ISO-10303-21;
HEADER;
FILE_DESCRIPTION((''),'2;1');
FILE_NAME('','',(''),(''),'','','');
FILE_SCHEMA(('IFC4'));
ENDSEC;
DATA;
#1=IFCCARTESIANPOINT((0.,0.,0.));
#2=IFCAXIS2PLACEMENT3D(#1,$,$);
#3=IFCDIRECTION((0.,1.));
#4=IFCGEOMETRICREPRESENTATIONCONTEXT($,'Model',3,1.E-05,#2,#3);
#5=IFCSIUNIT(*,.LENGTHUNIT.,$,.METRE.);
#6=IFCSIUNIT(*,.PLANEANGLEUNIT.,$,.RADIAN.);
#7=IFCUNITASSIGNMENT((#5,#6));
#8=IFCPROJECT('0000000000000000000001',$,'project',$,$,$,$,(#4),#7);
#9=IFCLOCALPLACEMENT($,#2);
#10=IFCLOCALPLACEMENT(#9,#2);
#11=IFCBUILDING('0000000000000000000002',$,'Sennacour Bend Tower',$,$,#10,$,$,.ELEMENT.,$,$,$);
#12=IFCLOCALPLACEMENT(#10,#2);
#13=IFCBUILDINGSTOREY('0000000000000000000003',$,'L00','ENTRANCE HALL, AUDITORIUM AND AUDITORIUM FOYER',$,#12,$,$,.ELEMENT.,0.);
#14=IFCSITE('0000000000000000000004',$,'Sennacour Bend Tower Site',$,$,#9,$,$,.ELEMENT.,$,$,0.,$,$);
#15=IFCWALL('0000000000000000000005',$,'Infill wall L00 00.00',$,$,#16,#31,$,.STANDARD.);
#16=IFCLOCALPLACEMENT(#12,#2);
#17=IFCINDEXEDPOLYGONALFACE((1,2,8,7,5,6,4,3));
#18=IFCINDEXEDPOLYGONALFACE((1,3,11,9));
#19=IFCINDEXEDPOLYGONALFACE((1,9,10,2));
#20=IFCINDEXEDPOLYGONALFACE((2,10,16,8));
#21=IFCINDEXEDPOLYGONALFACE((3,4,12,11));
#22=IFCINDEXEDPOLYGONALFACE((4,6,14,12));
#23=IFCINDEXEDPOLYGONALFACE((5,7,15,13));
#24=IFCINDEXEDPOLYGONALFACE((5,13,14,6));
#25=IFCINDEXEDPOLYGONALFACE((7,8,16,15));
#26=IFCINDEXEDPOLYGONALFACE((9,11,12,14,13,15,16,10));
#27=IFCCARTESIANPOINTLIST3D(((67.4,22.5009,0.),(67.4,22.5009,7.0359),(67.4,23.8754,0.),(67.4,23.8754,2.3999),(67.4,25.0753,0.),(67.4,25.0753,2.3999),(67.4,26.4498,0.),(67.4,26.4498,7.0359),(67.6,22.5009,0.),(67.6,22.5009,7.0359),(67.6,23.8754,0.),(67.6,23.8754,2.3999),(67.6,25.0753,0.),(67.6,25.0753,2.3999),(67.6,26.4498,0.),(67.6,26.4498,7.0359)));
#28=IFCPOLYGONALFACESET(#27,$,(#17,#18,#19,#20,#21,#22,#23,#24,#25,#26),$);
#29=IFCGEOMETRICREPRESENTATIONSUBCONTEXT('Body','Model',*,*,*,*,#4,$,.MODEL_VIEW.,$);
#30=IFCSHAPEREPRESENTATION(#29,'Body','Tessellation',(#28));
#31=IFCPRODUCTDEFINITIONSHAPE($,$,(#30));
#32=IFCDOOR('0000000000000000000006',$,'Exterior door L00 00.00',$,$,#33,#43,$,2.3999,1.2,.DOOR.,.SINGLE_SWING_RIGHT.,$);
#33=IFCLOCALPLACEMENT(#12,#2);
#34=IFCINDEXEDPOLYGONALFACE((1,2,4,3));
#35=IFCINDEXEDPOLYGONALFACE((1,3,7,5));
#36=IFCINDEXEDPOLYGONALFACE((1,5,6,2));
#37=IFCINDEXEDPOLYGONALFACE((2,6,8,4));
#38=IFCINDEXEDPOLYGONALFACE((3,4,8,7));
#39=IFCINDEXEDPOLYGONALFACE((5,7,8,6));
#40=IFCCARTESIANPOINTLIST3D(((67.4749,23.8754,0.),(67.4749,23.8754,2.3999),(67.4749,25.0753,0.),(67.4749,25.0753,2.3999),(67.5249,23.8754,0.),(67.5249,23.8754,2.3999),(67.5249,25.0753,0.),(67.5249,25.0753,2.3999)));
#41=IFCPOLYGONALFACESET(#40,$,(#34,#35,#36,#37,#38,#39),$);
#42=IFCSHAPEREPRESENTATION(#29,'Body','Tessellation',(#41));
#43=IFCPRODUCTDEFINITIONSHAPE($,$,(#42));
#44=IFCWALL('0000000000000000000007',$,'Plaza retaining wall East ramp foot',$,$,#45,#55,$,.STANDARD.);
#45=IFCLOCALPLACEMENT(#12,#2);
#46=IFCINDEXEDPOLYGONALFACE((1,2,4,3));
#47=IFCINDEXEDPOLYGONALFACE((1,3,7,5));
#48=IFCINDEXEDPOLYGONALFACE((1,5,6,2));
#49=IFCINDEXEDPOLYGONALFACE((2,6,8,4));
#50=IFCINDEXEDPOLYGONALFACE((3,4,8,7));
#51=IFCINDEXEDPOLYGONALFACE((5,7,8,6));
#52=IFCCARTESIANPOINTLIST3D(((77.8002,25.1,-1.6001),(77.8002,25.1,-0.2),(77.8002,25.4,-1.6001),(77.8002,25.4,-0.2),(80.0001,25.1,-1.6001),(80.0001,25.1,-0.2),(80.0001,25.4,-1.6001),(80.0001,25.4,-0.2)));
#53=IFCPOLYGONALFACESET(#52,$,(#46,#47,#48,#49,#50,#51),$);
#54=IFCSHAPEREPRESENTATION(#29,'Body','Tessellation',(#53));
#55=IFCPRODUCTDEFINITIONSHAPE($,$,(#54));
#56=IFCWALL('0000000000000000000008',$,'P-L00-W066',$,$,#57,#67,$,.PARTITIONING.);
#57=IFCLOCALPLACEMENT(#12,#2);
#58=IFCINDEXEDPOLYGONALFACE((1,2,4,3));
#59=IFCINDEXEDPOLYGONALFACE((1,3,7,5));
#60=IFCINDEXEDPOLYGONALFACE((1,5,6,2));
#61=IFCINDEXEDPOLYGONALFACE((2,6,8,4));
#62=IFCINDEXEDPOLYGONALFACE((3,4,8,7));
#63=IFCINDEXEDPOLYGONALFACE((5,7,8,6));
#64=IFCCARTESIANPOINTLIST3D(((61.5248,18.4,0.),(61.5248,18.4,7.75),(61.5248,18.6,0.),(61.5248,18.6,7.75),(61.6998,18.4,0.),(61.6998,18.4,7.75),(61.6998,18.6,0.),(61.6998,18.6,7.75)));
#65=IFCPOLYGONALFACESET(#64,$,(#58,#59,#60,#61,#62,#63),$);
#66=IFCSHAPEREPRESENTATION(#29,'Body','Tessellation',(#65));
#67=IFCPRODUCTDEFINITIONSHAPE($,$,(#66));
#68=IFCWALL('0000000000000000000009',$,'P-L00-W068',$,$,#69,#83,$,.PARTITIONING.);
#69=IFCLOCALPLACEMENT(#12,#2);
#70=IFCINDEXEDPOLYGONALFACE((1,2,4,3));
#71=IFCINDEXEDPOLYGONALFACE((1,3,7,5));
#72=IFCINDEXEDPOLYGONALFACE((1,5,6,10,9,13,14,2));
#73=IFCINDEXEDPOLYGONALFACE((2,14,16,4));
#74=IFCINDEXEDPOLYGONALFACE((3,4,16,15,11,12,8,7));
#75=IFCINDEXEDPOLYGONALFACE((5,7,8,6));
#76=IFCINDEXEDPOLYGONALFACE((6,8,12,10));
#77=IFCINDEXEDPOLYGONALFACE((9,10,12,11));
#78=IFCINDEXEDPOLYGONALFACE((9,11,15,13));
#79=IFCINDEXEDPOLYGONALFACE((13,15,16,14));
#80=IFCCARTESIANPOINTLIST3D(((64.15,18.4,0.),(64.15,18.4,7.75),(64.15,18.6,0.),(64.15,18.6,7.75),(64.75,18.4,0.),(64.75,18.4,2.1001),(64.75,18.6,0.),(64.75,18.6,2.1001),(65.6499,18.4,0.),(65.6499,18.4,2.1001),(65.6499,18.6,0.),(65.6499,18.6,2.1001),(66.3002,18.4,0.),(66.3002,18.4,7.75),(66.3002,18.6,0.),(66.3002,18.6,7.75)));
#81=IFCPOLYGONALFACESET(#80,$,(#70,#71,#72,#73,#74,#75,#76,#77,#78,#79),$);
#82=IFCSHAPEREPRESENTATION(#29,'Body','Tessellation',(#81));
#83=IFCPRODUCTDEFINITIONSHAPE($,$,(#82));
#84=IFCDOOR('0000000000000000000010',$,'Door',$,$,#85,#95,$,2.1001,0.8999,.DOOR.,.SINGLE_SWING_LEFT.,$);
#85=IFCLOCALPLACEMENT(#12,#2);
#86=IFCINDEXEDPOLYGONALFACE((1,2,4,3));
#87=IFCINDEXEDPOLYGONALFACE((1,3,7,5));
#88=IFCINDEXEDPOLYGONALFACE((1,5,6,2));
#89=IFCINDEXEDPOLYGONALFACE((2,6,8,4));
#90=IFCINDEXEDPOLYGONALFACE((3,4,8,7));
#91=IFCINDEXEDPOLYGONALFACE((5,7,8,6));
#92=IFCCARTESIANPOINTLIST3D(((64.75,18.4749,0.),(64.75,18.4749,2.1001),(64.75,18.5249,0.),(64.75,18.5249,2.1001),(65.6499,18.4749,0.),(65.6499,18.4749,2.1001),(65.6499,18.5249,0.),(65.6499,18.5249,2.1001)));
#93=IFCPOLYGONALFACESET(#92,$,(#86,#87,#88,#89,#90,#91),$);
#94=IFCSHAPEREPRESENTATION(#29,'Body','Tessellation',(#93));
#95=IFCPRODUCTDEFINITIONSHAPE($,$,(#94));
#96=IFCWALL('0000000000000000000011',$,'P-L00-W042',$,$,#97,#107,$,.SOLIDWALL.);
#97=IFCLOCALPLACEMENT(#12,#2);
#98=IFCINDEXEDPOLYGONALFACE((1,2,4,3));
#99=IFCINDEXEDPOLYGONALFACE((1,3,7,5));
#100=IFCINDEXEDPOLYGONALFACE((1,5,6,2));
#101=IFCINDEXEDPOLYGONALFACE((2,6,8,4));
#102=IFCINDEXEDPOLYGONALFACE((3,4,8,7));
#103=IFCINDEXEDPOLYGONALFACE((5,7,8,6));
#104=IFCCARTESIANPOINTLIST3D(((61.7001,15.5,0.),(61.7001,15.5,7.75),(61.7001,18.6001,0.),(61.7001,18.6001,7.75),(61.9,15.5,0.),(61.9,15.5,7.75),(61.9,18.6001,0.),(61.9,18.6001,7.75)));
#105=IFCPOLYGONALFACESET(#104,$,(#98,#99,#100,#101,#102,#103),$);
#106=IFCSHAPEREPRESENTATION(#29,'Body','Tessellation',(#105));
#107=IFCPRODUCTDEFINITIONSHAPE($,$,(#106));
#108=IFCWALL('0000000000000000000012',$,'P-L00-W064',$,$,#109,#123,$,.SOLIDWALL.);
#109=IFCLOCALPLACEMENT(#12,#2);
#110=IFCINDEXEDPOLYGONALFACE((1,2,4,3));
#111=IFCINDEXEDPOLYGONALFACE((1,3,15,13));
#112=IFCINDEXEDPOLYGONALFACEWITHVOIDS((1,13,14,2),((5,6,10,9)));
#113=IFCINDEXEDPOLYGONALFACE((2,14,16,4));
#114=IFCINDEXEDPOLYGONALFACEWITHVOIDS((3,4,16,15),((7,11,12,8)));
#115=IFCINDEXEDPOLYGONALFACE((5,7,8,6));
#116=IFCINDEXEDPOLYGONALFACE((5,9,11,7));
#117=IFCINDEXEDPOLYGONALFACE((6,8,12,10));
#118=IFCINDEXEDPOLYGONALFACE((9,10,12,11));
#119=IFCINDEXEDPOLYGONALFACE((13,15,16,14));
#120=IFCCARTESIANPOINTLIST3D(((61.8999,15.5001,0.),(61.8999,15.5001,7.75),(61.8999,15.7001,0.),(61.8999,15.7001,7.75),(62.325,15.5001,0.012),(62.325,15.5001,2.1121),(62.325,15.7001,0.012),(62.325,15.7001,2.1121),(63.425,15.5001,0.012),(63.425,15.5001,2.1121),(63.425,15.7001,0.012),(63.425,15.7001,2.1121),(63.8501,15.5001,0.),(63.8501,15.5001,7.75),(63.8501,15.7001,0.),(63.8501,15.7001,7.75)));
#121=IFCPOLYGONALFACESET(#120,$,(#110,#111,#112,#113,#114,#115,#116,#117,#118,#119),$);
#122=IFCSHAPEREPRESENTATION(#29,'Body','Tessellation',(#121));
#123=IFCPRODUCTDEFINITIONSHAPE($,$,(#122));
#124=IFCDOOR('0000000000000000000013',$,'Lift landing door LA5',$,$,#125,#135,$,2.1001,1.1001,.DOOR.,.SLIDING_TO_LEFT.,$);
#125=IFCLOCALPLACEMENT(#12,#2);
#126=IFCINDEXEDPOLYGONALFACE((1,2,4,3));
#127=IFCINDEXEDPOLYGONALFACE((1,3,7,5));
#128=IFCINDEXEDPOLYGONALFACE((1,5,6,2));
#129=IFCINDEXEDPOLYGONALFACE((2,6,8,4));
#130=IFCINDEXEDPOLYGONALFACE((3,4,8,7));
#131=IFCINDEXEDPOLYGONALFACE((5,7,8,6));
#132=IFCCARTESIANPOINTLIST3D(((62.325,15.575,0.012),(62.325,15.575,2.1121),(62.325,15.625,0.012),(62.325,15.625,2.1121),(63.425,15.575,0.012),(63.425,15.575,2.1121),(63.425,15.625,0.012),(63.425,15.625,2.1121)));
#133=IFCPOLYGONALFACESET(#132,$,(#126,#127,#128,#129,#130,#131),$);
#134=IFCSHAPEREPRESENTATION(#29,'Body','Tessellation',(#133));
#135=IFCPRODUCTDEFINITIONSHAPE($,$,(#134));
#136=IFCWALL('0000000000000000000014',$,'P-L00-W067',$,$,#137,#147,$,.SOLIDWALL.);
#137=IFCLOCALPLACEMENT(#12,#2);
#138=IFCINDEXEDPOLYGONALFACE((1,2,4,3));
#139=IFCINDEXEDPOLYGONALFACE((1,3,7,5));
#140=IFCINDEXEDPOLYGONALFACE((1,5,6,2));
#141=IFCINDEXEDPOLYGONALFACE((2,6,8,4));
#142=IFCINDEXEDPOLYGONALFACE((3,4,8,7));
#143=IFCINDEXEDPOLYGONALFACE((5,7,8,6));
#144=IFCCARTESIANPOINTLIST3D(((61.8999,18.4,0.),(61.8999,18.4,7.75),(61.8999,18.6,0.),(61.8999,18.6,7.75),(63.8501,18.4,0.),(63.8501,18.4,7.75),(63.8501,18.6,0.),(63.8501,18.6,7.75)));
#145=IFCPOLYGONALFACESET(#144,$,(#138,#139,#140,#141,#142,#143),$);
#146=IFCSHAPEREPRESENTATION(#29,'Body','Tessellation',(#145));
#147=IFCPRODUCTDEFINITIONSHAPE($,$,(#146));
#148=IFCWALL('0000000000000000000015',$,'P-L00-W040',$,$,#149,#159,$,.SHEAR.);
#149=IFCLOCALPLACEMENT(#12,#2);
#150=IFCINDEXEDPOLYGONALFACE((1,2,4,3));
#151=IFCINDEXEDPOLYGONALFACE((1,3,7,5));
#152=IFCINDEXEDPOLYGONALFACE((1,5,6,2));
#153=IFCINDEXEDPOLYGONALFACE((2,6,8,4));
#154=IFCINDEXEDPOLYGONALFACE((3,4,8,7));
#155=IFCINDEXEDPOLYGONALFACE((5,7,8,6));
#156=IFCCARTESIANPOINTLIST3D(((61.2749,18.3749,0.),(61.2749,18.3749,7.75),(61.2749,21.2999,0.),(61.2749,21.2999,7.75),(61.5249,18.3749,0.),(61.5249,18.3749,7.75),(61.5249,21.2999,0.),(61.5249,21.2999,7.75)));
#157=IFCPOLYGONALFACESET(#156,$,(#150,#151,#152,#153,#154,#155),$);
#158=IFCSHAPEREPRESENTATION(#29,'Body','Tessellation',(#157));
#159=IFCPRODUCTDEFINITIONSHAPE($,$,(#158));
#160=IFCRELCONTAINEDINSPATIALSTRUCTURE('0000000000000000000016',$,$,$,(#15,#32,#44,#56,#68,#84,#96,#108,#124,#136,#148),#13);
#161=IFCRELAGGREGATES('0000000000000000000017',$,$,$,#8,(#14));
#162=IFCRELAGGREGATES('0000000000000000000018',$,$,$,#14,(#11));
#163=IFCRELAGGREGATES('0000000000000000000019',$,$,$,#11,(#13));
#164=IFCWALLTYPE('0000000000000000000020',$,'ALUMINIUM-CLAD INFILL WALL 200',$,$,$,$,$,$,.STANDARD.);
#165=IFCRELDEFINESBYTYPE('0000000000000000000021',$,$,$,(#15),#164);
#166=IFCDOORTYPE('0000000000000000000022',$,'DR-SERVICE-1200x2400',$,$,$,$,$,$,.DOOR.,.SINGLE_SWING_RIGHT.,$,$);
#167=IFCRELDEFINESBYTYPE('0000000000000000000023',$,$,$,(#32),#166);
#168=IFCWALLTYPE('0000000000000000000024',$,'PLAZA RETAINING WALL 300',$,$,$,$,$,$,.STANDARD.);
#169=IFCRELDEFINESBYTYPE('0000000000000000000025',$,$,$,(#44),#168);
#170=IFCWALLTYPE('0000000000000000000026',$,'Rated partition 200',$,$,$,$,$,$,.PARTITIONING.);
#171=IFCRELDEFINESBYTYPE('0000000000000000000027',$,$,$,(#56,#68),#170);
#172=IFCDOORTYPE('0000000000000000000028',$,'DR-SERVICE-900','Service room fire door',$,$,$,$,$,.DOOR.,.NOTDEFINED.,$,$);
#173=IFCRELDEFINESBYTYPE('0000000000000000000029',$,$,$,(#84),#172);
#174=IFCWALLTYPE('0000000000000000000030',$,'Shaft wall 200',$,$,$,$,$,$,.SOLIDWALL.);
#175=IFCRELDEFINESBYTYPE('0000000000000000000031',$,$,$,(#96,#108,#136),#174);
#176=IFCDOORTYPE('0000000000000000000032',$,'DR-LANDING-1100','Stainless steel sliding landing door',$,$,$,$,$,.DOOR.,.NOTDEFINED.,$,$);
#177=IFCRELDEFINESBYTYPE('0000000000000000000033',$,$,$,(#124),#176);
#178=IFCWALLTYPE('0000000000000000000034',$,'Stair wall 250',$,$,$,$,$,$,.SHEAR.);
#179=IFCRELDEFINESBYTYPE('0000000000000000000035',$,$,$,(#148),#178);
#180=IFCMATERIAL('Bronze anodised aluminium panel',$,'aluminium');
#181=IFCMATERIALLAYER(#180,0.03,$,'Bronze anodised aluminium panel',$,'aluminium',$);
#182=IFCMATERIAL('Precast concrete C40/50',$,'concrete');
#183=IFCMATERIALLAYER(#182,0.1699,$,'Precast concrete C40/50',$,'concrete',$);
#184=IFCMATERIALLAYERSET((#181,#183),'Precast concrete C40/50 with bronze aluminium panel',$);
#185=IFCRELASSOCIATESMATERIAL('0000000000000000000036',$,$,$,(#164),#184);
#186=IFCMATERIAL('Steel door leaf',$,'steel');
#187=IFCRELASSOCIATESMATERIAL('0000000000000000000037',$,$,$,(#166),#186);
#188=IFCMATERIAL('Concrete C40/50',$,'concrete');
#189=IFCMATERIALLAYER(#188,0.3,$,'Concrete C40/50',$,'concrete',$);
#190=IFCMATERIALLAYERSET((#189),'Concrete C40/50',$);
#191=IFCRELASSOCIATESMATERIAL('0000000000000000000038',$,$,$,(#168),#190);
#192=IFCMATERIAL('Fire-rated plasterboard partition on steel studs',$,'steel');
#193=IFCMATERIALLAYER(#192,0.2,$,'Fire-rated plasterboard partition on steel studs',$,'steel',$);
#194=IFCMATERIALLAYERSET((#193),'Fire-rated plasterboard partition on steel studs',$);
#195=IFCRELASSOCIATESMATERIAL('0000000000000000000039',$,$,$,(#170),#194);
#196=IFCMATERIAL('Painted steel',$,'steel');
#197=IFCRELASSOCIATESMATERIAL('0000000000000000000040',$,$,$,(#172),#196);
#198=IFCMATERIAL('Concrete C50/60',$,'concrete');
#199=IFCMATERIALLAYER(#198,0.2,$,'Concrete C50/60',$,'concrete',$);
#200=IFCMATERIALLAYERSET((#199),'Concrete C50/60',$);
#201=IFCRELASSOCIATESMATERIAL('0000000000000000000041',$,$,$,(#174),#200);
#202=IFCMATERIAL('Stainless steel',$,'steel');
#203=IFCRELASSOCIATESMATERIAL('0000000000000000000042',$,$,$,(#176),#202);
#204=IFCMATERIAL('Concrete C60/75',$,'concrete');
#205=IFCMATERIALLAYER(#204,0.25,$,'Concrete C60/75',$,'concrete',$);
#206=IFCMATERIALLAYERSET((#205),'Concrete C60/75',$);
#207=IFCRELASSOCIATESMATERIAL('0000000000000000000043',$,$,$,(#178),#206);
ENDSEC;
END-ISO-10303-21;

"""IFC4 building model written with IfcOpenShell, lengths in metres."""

from ifc_helpers import new_model, si_unit, direction, frame, frame_2d, origin, place, context, subcontext, project, spatial, rectangle, extrude, material, layer, layer_set, type_object, element, fill, save


model = new_model("IFC4")

# Units and contexts
model_context = context("Model", 3, precision=1e-05, world=origin(), true_north=direction((0.0, 1.0)))
body_context = subcontext(model_context, "Body", "Model", "MODEL_VIEW")
ifc_project = project(units=[si_unit("LENGTHUNIT", "METRE"), si_unit("PLANEANGLEUNIT", "RADIAN")], contexts=[model_context])

# Site, building, storey
site_placement = place(None, origin())
site = spatial("IfcSite", under=ifc_project, at=site_placement, Name="Sennacour Bend Tower Site", CompositionType="ELEMENT", RefElevation=0.0)
building_placement = place(site_placement, origin())
building = spatial("IfcBuilding", under=site, at=building_placement, Name="Sennacour Bend Tower", CompositionType="ELEMENT")
storey_placement = place(building_placement, origin())
storey = spatial("IfcBuildingStorey", under=building, at=storey_placement, Name="L00", Description="ENTRANCE HALL, AUDITORIUM AND AUDITORIUM FOYER", CompositionType="ELEMENT", Elevation=0.0)

# Shared definitions
ifc_material_1 = material(Name="Concrete C50/60", Category="concrete")

# Wall, opening, door
ifc_material_2 = material(Name="Bronze anodised aluminium panel", Category="aluminium")
ifc_layer_1 = layer(ifc_material_2, 0.03, Name="Bronze anodised aluminium panel", Category="aluminium")
ifc_material_3 = material(Name="Precast concrete C40/50", Category="concrete")
ifc_layer_2 = layer(ifc_material_3, 0.1699, Name="Precast concrete C40/50", Category="concrete")
ifc_layer_set_1 = layer_set([ifc_layer_1, ifc_layer_2], Name="Precast concrete C40/50 with bronze aluminium panel")
wall_type_1 = type_object("IfcWallType", Name="ALUMINIUM-CLAD INFILL WALL 200", PredefinedType="STANDARD", material=ifc_layer_set_1)
wall_1_placement = place(storey_placement, frame((67.5, 26.45, 0.0), z_axis=(0.0, 0.0, 1.0), x_axis=(0.0, -1.0, 0.0)))
wall_1 = element("IfcWall", 1, at=wall_1_placement, inside=storey, type_object=wall_type_1, Name="Infill wall L00 00.00", PredefinedType="STANDARD", context=body_context, shape_type="SweptSolid", body=[
    extrude(rectangle(XDim=3.949, YDim=0.2, at=frame_2d((1.9746, 0.0))), origin(), (0.0, 0.0, 1.0), 7.0359),
])
opening_1_placement = place(wall_1_placement, frame((1.3745, 0.0, 0.0)))
opening_1 = element("IfcOpeningElement", 2, at=opening_1_placement, cuts=wall_1, PredefinedType="OPENING", context=body_context, shape_type="SweptSolid", body=[
    extrude(rectangle(XDim=1.2, YDim=2.3999, at=frame_2d((0.6001, 1.2))), frame((0.0, 0.1099, 0.0), z_axis=(0.0, -1.0, 0.0), x_axis=(1.0, 0.0, 0.0)), (0.0, 0.0, 1.0), 0.22),
])
ifc_material_4 = material(Name="Steel door leaf", Category="steel")
door_type_1 = type_object("IfcDoorType", Name="DR-SERVICE-1200x2400", OperationType="SINGLE_SWING_RIGHT", PredefinedType="DOOR", material=ifc_material_4)
door_1_placement = place(opening_1_placement, origin())
door_1 = element("IfcDoor", 3, at=door_1_placement, inside=storey, type_object=door_type_1, Name="Exterior door L00 00.00", OperationType="SINGLE_SWING_RIGHT", OverallHeight=2.3999, OverallWidth=1.2, PredefinedType="DOOR", context=body_context, shape_type="SweptSolid", body=[
    extrude(rectangle(XDim=1.2, YDim=2.3999, at=frame_2d((0.6001, 1.2))), frame((0.0, 0.0249, 0.0), z_axis=(0.0, -1.0, 0.0), x_axis=(1.0, 0.0, 0.0)), (0.0, 0.0, 1.0), 0.05),
])
fill(opening_1, door_1)

# Walls
ifc_material_5 = material(Name="Concrete C40/50", Category="concrete")
ifc_layer_3 = layer(ifc_material_5, 0.3, Name="Concrete C40/50", Category="concrete")
ifc_layer_set_2 = layer_set([ifc_layer_3], Name="Concrete C40/50")
wall_type_2 = type_object("IfcWallType", Name="PLAZA RETAINING WALL 300", PredefinedType="STANDARD", material=ifc_layer_set_2)
wall_2_placement = place(storey_placement, frame((77.8, 25.25, -1.6001), z_axis=(0.0, 0.0, 1.0), x_axis=(1.0, 0.0, 0.0)))
element("IfcWall", 4, at=wall_2_placement, inside=storey, type_object=wall_type_2, Name="Plaza retaining wall East ramp foot", PredefinedType="STANDARD", context=body_context, shape_type="SweptSolid", body=[
    extrude(rectangle(XDim=2.2, YDim=0.3, at=frame_2d((1.1001, 0.0))), origin(), (0.0, 0.0, 1.0), 1.4001),
])
ifc_material_6 = material(Name="Fire-rated plasterboard partition on steel studs", Category="steel")
ifc_layer_4 = layer(ifc_material_6, 0.2, Name="Fire-rated plasterboard partition on steel studs", Category="steel")
ifc_layer_set_3 = layer_set([ifc_layer_4], Name="Fire-rated plasterboard partition on steel studs")
wall_type_3 = type_object("IfcWallType", Name="Rated partition 200", PredefinedType="PARTITIONING", material=ifc_layer_set_3)
wall_3_placement = place(storey_placement, frame((61.5249, 18.5, 0.0), z_axis=(0.0, 0.0, 1.0), x_axis=(1.0, 0.0, 0.0)))
element("IfcWall", 5, at=wall_3_placement, inside=storey, type_object=wall_type_3, Name="P-L00-W066", PredefinedType="PARTITIONING", context=body_context, shape_type="SweptSolid", body=[
    extrude(rectangle(XDim=0.175, YDim=0.2, at=frame_2d((0.0874, 0.0))), origin(), (0.0, 0.0, 1.0), 7.75),
])

# Wall, opening, door
wall_4_placement = place(storey_placement, frame((64.1499, 18.5, 0.0), z_axis=(0.0, 0.0, 1.0), x_axis=(1.0, 0.0, 0.0)))
wall_4 = element("IfcWall", 6, at=wall_4_placement, inside=storey, type_object=wall_type_3, Name="P-L00-W068", PredefinedType="PARTITIONING", context=body_context, shape_type="SweptSolid", body=[
    extrude(rectangle(XDim=2.1501, YDim=0.2, at=frame_2d((1.0752, 0.0))), origin(), (0.0, 0.0, 1.0), 7.75),
])
opening_2_placement = place(wall_4_placement, frame((0.6001, 0.0, 0.0)))
opening_2 = element("IfcOpeningElement", 7, at=opening_2_placement, cuts=wall_4, PredefinedType="OPENING", context=body_context, shape_type="SweptSolid", body=[
    extrude(rectangle(XDim=0.8999, YDim=2.1001, at=frame_2d((0.45, 1.05))), frame((0.0, 0.1099, 0.0), z_axis=(0.0, -1.0, 0.0), x_axis=(1.0, 0.0, 0.0)), (0.0, 0.0, 1.0), 0.22),
])
ifc_material_7 = material(Name="Painted steel", Category="steel")
door_type_2 = type_object("IfcDoorType", Name="DR-SERVICE-900", Description="Service room fire door", OperationType="NOTDEFINED", PredefinedType="DOOR", material=ifc_material_7)
door_2_placement = place(opening_2_placement, origin())
door_2 = element("IfcDoor", 8, at=door_2_placement, inside=storey, type_object=door_type_2, Name="Door", OperationType="SINGLE_SWING_LEFT", OverallHeight=2.1001, OverallWidth=0.8999, PredefinedType="DOOR", context=body_context, shape_type="SweptSolid", body=[
    extrude(rectangle(XDim=0.8999, YDim=2.1001, at=frame_2d((0.45, 1.05))), frame((0.0, 0.0249, 0.0), z_axis=(0.0, -1.0, 0.0), x_axis=(1.0, 0.0, 0.0)), (0.0, 0.0, 1.0), 0.05),
])
fill(opening_2, door_2)

# Wall
ifc_layer_5 = layer(ifc_material_1, 0.2, Name="Concrete C50/60", Category="concrete")
ifc_layer_set_4 = layer_set([ifc_layer_5], Name="Concrete C50/60")
wall_type_4 = type_object("IfcWallType", Name="Shaft wall 200", PredefinedType="SOLIDWALL", material=ifc_layer_set_4)
wall_5_placement = place(storey_placement, frame((61.8, 15.5, 0.0), z_axis=(0.0, 0.0, 1.0), x_axis=(0.0, 1.0, 0.0)))
element("IfcWall", 9, at=wall_5_placement, inside=storey, type_object=wall_type_4, Name="P-L00-W042", PredefinedType="SOLIDWALL", context=body_context, shape_type="SweptSolid", body=[
    extrude(rectangle(XDim=3.1001, YDim=0.2, at=frame_2d((1.55, 0.0))), origin(), (0.0, 0.0, 1.0), 7.75),
])

# Wall, opening, door
wall_6_placement = place(storey_placement, frame((61.8999, 15.6001, 0.0), z_axis=(0.0, 0.0, 1.0), x_axis=(1.0, 0.0, 0.0)))
wall_6 = element("IfcWall", 10, at=wall_6_placement, inside=storey, type_object=wall_type_4, Name="P-L00-W064", PredefinedType="SOLIDWALL", context=body_context, shape_type="SweptSolid", body=[
    extrude(rectangle(XDim=1.9502, YDim=0.2, at=frame_2d((0.9751, 0.0))), origin(), (0.0, 0.0, 1.0), 7.75),
])
opening_3_placement = place(wall_6_placement, frame((0.425, 0.0, 0.012)))
opening_3 = element("IfcOpeningElement", 11, at=opening_3_placement, cuts=wall_6, PredefinedType="OPENING", context=body_context, shape_type="SweptSolid", body=[
    extrude(rectangle(XDim=1.1001, YDim=2.1001, at=frame_2d((0.55, 1.05))), frame((0.0, 0.1099, 0.0), z_axis=(0.0, -1.0, 0.0), x_axis=(1.0, 0.0, 0.0)), (0.0, 0.0, 1.0), 0.22),
])
ifc_material_8 = material(Name="Stainless steel", Category="steel")
door_type_3 = type_object("IfcDoorType", Name="DR-LANDING-1100", Description="Stainless steel sliding landing door", OperationType="NOTDEFINED", PredefinedType="DOOR", material=ifc_material_8)
door_3_placement = place(opening_3_placement, origin())
door_3 = element("IfcDoor", 12, at=door_3_placement, inside=storey, type_object=door_type_3, Name="Lift landing door LA5", OperationType="SLIDING_TO_LEFT", OverallHeight=2.1001, OverallWidth=1.1001, PredefinedType="DOOR", context=body_context, shape_type="SweptSolid", body=[
    extrude(rectangle(XDim=1.1001, YDim=2.1001, at=frame_2d((0.55, 1.05))), frame((0.0, 0.0249, 0.0), z_axis=(0.0, -1.0, 0.0), x_axis=(1.0, 0.0, 0.0)), (0.0, 0.0, 1.0), 0.05),
])
fill(opening_3, door_3)

# Walls
wall_7_placement = place(storey_placement, frame((61.8999, 18.5, 0.0), z_axis=(0.0, 0.0, 1.0), x_axis=(1.0, 0.0, 0.0)))
element("IfcWall", 13, at=wall_7_placement, inside=storey, type_object=wall_type_4, Name="P-L00-W067", PredefinedType="SOLIDWALL", context=body_context, shape_type="SweptSolid", body=[
    extrude(rectangle(XDim=1.9502, YDim=0.2, at=frame_2d((0.9751, 0.0))), origin(), (0.0, 0.0, 1.0), 7.75),
])
ifc_material_9 = material(Name="Concrete C60/75", Category="concrete")
ifc_layer_6 = layer(ifc_material_9, 0.25, Name="Concrete C60/75", Category="concrete")
ifc_layer_set_5 = layer_set([ifc_layer_6], Name="Concrete C60/75")
wall_type_5 = type_object("IfcWallType", Name="Stair wall 250", PredefinedType="SHEAR", material=ifc_layer_set_5)
wall_8_placement = place(storey_placement, frame((61.3999, 18.375, 0.0), z_axis=(0.0, 0.0, 1.0), x_axis=(0.0, 1.0, 0.0)))
element("IfcWall", 14, at=wall_8_placement, inside=storey, type_object=wall_type_5, Name="P-L00-W040", PredefinedType="SHEAR", context=body_context, shape_type="SweptSolid", body=[
    extrude(rectangle(XDim=2.925, YDim=0.25, at=frame_2d((1.4624, 0.0))), origin(), (0.0, 0.0, 1.0), 7.75),
])

save(model, "model.ifc")
